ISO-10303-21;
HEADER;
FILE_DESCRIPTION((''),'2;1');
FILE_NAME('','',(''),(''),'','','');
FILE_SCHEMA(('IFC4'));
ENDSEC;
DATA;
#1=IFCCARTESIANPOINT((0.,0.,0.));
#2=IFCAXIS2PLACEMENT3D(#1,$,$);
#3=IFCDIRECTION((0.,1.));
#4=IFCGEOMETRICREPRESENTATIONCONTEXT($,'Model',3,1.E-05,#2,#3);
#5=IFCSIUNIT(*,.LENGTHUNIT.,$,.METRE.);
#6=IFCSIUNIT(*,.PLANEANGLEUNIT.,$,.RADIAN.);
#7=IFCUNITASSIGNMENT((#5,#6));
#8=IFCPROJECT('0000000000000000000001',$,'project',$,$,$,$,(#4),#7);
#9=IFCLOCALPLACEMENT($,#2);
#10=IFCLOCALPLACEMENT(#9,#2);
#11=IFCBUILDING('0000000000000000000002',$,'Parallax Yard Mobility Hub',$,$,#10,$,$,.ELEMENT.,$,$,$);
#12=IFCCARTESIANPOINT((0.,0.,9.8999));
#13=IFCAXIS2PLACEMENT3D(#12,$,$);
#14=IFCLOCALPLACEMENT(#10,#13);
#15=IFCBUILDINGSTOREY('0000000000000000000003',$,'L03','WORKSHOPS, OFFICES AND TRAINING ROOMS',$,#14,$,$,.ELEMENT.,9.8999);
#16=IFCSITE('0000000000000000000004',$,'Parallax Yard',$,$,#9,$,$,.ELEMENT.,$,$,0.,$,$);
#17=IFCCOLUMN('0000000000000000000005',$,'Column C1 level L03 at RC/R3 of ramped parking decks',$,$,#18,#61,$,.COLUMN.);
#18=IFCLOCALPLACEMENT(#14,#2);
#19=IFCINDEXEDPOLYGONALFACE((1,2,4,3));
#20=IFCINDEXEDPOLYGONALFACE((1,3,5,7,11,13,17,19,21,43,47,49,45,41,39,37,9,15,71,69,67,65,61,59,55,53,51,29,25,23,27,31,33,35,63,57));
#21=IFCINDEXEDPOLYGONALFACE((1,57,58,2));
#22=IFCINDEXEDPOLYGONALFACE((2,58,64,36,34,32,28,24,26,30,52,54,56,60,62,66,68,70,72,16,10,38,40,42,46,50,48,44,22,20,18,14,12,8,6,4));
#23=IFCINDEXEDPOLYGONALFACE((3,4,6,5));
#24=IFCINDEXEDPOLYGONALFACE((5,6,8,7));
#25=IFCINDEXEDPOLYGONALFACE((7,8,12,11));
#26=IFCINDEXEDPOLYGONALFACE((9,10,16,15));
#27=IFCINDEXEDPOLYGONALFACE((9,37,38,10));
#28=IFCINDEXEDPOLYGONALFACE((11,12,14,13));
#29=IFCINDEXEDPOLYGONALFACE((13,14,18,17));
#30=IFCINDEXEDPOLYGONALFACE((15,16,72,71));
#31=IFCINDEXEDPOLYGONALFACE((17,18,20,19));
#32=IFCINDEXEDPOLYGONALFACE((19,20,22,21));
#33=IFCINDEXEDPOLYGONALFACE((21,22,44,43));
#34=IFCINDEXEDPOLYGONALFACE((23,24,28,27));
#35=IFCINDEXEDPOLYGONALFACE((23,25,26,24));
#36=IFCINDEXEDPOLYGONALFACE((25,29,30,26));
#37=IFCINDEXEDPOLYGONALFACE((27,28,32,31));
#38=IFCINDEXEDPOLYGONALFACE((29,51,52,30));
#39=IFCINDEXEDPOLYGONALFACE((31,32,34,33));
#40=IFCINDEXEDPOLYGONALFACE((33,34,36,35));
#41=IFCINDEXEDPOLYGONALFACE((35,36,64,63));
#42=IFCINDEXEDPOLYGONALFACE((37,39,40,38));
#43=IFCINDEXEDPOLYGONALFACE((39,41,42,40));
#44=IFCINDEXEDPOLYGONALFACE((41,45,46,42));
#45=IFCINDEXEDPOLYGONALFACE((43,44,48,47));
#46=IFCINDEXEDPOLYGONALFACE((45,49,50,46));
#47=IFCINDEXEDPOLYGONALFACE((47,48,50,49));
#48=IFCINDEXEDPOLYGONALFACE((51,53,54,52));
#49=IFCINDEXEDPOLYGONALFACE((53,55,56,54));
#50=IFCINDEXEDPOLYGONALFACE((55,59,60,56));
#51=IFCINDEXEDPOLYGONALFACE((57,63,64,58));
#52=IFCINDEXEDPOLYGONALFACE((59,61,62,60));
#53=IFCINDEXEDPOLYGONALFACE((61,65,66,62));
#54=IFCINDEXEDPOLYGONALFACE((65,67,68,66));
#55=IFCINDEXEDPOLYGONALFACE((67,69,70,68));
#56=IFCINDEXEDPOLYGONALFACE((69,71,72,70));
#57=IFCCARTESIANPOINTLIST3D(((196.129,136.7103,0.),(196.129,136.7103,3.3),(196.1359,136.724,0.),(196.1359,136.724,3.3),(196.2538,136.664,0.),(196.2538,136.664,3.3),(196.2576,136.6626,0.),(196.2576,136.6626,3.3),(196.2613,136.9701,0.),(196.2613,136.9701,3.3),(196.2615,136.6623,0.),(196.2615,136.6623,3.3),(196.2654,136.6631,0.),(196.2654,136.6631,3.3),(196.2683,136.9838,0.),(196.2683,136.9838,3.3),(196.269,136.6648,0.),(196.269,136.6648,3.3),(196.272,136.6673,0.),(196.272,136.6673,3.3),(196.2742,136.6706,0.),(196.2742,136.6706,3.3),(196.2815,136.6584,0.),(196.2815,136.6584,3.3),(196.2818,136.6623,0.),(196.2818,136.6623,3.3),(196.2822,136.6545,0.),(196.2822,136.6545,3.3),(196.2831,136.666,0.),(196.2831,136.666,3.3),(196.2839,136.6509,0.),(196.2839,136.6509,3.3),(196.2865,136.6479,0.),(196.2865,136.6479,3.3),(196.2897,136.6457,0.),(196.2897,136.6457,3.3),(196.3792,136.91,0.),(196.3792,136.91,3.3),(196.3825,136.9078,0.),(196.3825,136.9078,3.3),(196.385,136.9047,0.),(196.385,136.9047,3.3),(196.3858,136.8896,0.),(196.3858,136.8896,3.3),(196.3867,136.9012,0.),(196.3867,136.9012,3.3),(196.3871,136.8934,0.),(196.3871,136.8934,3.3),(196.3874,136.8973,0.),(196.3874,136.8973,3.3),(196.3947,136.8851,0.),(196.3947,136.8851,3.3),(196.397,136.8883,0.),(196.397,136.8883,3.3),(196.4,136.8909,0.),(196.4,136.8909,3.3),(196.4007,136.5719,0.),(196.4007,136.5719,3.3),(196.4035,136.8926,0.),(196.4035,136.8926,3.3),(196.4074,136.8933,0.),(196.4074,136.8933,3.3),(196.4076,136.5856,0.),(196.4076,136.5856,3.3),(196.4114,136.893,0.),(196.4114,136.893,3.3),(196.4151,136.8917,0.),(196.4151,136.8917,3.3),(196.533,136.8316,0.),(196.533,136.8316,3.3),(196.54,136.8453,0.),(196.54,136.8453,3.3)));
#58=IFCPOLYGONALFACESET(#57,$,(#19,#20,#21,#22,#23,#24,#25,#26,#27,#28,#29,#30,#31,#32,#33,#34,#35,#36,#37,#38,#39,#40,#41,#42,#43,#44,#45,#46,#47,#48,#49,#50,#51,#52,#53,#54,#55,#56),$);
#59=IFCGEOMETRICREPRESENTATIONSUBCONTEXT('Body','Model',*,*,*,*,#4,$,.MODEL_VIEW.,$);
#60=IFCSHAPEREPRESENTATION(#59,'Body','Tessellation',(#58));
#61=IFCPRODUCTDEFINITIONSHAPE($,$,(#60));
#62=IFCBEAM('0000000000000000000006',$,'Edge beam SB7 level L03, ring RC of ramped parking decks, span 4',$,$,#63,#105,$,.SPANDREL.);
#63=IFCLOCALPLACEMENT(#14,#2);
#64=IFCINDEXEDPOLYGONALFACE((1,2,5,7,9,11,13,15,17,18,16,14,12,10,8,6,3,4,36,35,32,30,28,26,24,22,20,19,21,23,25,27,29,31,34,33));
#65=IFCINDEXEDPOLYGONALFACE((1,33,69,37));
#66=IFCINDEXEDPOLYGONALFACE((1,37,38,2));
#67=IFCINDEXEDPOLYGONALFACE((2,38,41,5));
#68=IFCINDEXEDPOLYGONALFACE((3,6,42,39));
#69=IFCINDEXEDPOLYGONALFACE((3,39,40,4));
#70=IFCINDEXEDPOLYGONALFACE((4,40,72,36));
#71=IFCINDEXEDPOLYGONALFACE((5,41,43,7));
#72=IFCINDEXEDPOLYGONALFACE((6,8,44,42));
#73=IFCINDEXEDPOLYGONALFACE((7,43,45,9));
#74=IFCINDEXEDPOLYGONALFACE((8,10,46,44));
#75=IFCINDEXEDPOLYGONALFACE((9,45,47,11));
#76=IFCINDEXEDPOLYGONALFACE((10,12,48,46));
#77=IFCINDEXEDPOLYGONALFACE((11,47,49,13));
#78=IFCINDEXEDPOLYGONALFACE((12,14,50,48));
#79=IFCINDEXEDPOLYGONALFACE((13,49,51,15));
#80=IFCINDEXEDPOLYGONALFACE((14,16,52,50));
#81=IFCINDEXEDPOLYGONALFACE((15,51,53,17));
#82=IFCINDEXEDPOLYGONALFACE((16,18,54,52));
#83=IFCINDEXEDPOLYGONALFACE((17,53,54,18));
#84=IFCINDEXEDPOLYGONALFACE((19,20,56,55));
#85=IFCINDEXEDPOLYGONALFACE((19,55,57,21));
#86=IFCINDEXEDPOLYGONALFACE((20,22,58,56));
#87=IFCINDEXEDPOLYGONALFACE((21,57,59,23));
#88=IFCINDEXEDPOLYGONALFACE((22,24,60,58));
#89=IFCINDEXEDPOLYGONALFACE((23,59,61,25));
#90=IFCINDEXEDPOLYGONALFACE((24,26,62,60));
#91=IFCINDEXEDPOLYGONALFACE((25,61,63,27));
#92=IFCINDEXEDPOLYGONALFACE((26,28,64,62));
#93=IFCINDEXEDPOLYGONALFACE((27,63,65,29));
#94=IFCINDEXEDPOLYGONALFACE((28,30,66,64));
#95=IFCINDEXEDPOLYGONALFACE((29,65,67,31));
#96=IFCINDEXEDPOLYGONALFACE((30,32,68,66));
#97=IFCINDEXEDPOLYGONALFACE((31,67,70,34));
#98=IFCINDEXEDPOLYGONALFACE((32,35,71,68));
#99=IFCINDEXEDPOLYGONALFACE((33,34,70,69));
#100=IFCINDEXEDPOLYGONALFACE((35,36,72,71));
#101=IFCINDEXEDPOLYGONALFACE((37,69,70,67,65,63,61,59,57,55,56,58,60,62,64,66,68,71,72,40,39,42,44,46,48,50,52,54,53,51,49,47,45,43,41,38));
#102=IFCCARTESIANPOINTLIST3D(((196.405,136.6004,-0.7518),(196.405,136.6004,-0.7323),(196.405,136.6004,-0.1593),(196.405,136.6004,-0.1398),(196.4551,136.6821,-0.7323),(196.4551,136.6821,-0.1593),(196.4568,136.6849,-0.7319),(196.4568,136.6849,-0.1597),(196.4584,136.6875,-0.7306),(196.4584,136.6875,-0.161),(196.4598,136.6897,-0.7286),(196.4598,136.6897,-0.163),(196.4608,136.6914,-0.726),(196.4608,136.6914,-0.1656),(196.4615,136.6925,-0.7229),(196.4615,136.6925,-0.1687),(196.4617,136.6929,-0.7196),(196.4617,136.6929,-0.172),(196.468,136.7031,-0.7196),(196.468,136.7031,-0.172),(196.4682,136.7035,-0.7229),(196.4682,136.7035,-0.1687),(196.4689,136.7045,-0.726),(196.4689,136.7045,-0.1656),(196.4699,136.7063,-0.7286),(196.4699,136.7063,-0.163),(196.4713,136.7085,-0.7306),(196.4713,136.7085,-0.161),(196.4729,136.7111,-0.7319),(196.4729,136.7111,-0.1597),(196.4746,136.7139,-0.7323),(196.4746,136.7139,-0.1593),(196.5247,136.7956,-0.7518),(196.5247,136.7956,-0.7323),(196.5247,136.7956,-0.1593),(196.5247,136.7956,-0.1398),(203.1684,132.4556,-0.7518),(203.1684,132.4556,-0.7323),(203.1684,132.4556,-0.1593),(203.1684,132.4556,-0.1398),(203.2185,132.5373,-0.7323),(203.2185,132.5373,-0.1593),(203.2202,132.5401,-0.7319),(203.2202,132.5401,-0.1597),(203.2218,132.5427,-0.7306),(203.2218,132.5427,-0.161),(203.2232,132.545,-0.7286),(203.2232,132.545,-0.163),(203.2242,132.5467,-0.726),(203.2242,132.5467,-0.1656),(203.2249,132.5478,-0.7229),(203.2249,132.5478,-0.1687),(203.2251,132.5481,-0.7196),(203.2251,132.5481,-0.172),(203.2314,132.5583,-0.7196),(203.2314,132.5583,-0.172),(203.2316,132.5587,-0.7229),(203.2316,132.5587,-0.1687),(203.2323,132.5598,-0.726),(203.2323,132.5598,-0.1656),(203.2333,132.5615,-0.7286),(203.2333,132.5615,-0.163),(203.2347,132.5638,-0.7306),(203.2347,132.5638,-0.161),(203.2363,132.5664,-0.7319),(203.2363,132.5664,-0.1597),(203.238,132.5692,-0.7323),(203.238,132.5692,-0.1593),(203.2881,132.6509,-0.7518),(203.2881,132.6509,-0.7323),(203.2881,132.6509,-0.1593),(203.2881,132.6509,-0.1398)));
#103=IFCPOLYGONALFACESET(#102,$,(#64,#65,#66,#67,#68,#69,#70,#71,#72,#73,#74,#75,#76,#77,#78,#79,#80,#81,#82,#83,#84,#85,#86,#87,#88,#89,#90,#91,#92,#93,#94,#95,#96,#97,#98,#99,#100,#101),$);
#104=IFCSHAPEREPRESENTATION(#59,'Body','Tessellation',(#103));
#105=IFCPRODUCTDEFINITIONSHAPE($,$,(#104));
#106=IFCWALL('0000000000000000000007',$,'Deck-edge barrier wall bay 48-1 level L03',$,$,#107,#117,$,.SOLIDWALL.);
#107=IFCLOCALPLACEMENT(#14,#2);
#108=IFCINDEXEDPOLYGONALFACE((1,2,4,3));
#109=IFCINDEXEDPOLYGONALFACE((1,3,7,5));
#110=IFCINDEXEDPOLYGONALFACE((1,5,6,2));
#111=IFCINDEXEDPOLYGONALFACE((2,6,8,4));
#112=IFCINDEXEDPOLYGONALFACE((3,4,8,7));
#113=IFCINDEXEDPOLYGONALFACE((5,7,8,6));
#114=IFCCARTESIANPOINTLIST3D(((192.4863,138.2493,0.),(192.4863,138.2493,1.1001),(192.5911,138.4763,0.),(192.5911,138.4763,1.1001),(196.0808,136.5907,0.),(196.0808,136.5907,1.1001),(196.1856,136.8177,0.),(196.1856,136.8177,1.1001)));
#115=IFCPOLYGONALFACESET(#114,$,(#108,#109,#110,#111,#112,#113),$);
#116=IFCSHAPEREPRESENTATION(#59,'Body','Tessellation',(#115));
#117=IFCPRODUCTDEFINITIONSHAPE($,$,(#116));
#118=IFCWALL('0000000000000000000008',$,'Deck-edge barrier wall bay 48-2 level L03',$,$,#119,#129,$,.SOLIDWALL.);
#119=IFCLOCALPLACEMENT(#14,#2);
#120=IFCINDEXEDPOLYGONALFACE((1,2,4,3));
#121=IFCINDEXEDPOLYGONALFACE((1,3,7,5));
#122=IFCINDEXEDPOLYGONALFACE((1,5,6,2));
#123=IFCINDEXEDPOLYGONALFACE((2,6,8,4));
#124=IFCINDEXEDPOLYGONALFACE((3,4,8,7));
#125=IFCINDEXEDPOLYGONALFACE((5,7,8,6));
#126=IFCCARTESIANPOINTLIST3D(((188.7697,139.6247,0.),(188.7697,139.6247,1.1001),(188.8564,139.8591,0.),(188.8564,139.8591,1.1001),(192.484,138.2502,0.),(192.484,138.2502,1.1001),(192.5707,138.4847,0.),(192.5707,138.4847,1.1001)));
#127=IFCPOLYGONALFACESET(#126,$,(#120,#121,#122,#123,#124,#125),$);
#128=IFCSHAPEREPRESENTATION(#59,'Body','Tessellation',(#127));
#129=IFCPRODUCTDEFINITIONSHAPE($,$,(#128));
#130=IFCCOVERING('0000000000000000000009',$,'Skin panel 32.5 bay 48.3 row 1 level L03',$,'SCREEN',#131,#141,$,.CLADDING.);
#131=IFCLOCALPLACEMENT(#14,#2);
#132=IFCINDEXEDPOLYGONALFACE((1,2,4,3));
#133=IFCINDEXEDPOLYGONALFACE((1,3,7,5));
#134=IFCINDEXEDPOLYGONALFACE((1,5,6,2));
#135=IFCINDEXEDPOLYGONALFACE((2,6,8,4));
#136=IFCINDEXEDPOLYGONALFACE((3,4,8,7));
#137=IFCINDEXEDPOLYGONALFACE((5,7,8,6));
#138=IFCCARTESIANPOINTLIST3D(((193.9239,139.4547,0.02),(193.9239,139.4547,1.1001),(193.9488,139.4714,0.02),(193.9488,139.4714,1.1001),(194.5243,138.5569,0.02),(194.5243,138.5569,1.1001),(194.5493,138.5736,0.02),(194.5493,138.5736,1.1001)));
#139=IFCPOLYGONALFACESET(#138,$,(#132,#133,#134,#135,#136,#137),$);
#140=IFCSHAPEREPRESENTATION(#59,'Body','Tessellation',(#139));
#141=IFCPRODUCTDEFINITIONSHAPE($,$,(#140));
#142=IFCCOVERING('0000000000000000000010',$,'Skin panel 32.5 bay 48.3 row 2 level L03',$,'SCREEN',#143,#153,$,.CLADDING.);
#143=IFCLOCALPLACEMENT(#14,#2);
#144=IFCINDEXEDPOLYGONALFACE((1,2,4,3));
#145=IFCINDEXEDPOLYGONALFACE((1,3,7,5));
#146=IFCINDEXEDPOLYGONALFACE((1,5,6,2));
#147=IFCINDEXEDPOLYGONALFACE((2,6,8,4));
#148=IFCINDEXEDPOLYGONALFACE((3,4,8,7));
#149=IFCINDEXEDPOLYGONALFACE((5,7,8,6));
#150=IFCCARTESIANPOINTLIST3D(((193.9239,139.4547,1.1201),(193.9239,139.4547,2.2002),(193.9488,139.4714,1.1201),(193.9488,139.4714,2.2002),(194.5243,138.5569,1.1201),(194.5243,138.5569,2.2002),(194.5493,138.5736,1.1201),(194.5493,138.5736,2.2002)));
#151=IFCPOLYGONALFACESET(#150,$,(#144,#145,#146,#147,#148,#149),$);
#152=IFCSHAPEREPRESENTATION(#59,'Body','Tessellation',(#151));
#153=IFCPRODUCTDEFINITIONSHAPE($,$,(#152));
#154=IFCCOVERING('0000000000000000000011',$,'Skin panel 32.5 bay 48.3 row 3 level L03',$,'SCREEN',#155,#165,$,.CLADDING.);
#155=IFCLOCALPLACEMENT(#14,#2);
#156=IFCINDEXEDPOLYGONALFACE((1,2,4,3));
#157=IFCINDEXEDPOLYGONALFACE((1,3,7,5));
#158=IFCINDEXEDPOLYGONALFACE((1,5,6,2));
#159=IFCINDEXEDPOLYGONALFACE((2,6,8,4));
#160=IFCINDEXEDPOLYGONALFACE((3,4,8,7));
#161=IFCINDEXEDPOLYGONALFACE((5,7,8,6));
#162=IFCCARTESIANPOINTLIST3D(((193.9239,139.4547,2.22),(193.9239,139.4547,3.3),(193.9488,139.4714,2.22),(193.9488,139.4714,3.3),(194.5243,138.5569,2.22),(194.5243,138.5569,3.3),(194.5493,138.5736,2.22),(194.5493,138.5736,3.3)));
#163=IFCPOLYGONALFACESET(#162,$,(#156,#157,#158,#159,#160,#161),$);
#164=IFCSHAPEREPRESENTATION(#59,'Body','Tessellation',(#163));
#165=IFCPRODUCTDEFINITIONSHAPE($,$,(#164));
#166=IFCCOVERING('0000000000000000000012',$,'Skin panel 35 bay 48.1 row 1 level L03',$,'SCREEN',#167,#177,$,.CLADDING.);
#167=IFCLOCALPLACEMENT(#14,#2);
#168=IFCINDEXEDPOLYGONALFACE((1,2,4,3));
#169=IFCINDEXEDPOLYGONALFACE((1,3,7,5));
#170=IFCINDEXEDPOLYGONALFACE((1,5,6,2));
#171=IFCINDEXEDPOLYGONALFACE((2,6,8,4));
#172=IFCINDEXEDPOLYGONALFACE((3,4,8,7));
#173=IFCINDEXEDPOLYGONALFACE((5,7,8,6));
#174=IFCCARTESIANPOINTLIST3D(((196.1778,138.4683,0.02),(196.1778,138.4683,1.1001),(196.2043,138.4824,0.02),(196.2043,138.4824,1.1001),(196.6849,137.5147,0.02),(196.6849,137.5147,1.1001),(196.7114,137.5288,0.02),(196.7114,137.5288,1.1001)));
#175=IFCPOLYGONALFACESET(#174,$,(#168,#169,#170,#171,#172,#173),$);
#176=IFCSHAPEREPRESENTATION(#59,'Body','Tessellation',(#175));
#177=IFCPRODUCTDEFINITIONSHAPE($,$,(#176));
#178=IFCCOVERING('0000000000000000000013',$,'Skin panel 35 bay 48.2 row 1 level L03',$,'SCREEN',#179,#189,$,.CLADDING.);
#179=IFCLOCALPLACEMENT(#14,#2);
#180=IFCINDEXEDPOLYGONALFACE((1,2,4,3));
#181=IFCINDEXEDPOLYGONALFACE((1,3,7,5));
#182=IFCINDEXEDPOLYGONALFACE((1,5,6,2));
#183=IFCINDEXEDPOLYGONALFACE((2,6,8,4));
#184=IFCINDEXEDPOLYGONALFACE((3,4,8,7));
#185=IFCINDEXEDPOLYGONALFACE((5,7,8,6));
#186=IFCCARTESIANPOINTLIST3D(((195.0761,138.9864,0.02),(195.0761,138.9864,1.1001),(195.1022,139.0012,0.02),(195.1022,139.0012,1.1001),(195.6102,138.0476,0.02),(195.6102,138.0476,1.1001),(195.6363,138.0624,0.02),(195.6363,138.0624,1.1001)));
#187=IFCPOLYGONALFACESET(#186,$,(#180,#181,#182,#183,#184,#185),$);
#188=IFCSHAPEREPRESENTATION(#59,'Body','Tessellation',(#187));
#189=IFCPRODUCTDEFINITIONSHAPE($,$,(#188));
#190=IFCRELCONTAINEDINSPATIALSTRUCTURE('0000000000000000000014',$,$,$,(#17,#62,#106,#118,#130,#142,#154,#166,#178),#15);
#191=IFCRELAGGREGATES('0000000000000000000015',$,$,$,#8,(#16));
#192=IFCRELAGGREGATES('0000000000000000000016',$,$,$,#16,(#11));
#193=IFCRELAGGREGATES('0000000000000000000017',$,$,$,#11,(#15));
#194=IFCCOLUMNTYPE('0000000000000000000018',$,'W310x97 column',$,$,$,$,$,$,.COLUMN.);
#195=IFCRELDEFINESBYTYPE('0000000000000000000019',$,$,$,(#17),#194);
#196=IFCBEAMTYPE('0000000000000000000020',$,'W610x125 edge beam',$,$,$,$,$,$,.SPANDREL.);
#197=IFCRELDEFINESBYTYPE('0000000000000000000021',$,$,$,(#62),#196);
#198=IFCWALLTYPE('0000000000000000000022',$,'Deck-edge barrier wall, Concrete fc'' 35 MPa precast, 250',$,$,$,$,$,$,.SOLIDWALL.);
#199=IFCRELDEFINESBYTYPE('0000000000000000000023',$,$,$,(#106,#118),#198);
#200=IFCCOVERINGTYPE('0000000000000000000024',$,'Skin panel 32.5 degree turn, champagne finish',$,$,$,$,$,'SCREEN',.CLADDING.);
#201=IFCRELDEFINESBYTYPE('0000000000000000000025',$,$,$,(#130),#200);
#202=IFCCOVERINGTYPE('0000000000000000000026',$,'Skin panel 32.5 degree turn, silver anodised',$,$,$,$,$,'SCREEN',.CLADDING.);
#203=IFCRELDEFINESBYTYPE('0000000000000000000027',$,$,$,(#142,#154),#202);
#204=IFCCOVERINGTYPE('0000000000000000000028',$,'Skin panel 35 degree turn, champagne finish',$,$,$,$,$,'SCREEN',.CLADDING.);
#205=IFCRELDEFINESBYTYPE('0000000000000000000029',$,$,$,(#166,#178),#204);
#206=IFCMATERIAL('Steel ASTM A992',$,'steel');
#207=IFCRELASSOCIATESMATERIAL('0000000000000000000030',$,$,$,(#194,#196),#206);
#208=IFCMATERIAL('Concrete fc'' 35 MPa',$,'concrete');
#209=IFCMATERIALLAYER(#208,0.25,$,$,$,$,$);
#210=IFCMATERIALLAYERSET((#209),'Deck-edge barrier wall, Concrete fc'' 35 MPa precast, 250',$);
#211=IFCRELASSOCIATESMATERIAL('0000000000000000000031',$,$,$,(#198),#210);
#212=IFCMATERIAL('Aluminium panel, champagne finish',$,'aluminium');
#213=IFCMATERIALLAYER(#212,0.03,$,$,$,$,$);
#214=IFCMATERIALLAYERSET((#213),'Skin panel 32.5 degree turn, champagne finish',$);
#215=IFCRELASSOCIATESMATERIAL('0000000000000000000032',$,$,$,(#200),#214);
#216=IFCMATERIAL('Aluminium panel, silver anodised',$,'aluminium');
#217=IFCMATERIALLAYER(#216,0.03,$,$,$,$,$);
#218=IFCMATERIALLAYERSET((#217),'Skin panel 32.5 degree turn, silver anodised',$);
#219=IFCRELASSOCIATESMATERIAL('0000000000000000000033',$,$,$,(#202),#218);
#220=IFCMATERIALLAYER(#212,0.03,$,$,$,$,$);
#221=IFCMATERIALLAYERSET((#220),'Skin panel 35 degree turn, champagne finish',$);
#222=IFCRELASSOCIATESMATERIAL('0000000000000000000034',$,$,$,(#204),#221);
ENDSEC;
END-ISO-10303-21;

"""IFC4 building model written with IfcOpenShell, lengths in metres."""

from ifc_helpers import new_model, si_unit, direction, frame, frame_2d, origin, origin_2d, place, context, subcontext, project, spatial, rectangle, i_section, extrude, material, layer, layer_set, material_profile, profile_set, type_object, element, save


model = new_model("IFC4")

# Units and contexts
model_context = context("Model", 3, precision=1e-05, world=origin(), true_north=direction((0.0, 1.0)))
body_context = subcontext(model_context, "Body", "Model", "MODEL_VIEW")
ifc_project = project(units=[si_unit("LENGTHUNIT", "METRE"), si_unit("PLANEANGLEUNIT", "RADIAN")], contexts=[model_context])

# Site, building, storey
site_placement = place(None, origin())
site = spatial("IfcSite", under=ifc_project, at=site_placement, Name="Parallax Yard", CompositionType="ELEMENT", RefElevation=0.0)
building_placement = place(site_placement, origin())
building = spatial("IfcBuilding", under=site, at=building_placement, Name="Parallax Yard Mobility Hub", CompositionType="ELEMENT")
storey_placement = place(building_placement, frame((0.0, 0.0, 9.8999)))
storey = spatial("IfcBuildingStorey", under=building, at=storey_placement, Name="L03", Description="WORKSHOPS, OFFICES AND TRAINING ROOMS", CompositionType="ELEMENT", Elevation=9.8999)

# Column
ifc_material_1 = material(Name="Steel ASTM A992", Category="steel")
ifc_material_profile_1 = material_profile(ifc_material_1, i_section(OverallWidth=0.3049, OverallDepth=0.3069, WebThickness=0.01, FlangeThickness=0.0154, FilletRadius=0.0151, at=origin_2d()), Name="W310x97")
ifc_profile_set_1 = profile_set([ifc_material_profile_1], Name="Steel ASTM A992")
column_type = type_object("IfcColumnType", Name="W310x97 column", PredefinedType="COLUMN", material=ifc_profile_set_1)
column_placement = place(storey_placement, frame((196.3345, 136.7778, 0.0), z_axis=(0.0, 0.0, 1.0), x_axis=(-0.891007, 0.45399, 0.0)))
element("IfcColumn", 1, at=column_placement, inside=storey, type_object=column_type, Name="Column C1 level L03 at RC/R3 of ramped parking decks", PredefinedType="COLUMN", context=body_context, shape_type="SweptSolid", body=[
    extrude(i_section(OverallWidth=0.3049, OverallDepth=0.3069, WebThickness=0.01, FlangeThickness=0.0154, FilletRadius=0.0151, at=origin_2d()), origin(), (0.0, 0.0, 1.0), 3.3),
])

# Beam
ifc_material_profile_2 = material_profile(ifc_material_1, i_section(OverallWidth=0.229, OverallDepth=0.6121, WebThickness=0.012, FlangeThickness=0.0195, FilletRadius=0.0127, at=origin_2d()), Name="W610x125")
ifc_profile_set_2 = profile_set([ifc_material_profile_2], Name="Steel ASTM A992")
beam_type = type_object("IfcBeamType", Name="W610x125 edge beam", PredefinedType="SPANDREL", material=ifc_profile_set_2)
beam_placement = place(storey_placement, frame((196.4648, 136.698, -0.4458), z_axis=(0.852632, -0.522512, 0.0), x_axis=(0.522512, 0.852632, 0.0)))
element("IfcBeam", 2, at=beam_placement, inside=storey, type_object=beam_type, Name="Edge beam SB7 level L03, ring RC of ramped parking decks, span 4", PredefinedType="SPANDREL", context=body_context, shape_type="SweptSolid", body=[
    extrude(i_section(OverallWidth=0.229, OverallDepth=0.6121, WebThickness=0.012, FlangeThickness=0.0195, FilletRadius=0.0127, at=origin_2d()), origin(), (0.0, 0.0, 1.0), 7.9324),
])

# Walls
ifc_material_2 = material(Name="Concrete fc' 35 MPa", Category="concrete")
ifc_layer_1 = layer(ifc_material_2, 0.25)
ifc_layer_set_1 = layer_set([ifc_layer_1], Name="Deck-edge barrier wall, Concrete fc' 35 MPa precast, 250")
wall_type = type_object("IfcWallType", Name="Deck-edge barrier wall, Concrete fc' 35 MPa precast, 250", PredefinedType="SOLIDWALL", material=ifc_layer_set_1)
wall_1_placement = place(storey_placement, frame((196.1333, 136.7041, 0.0), z_axis=(0.0, 0.0, 1.0), x_axis=(-0.907988, 0.418996, 0.0)))
element("IfcWall", 3, at=wall_1_placement, inside=storey, type_object=wall_type, Name="Deck-edge barrier wall bay 48-1 level L03", PredefinedType="SOLIDWALL", context=body_context, shape_type="SweptSolid", body=[
    extrude(rectangle(XDim=3.9587, YDim=0.25, at=frame_2d((1.9795, 0.0))), origin(), (0.0, 0.0, 1.0), 1.1001),
])
wall_2_placement = place(storey_placement, frame((192.5273, 138.3674, 0.0), z_axis=(0.0, 0.0, 1.0), x_axis=(-0.937845, 0.347053, 0.0)))
element("IfcWall", 4, at=wall_2_placement, inside=storey, type_object=wall_type, Name="Deck-edge barrier wall bay 48-2 level L03", PredefinedType="SOLIDWALL", context=body_context, shape_type="SweptSolid", body=[
    extrude(rectangle(XDim=3.9604, YDim=0.25, at=frame_2d((1.9802, 0.0))), origin(), (0.0, 0.0, 1.0), 1.1001),
])

# Coverings
ifc_material_3 = material(Name="Aluminium panel, champagne finish", Category="aluminium")
ifc_layer_2 = layer(ifc_material_3, 0.03)
ifc_layer_set_2 = layer_set([ifc_layer_2], Name="Skin panel 32.5 degree turn, champagne finish")
covering_type_1 = type_object("IfcCoveringType", Name="Skin panel 32.5 degree turn, champagne finish", ElementType="SCREEN", PredefinedType="CLADDING", material=ifc_layer_set_2)
covering_placement = place(storey_placement, frame((194.2366, 139.0142, 0.02), z_axis=(0.0, 0.0, 1.0), x_axis=(-0.5559, 0.831249, 0.0)))
element("IfcCovering", 5, at=covering_placement, inside=storey, type_object=covering_type_1, Name="Skin panel 32.5 bay 48.3 row 1 level L03", ObjectType="SCREEN", PredefinedType="CLADDING", context=body_context, shape_type="SweptSolid", body=[
    extrude(rectangle(XDim=1.0801, YDim=0.03, at=origin_2d()), origin(), (0.0, 0.0, 1.0), 1.0801),
])
ifc_material_4 = material(Name="Aluminium panel, silver anodised", Category="aluminium")
ifc_layer_3 = layer(ifc_material_4, 0.03)
ifc_layer_set_3 = layer_set([ifc_layer_3], Name="Skin panel 32.5 degree turn, silver anodised")
covering_type_2 = type_object("IfcCoveringType", Name="Skin panel 32.5 degree turn, silver anodised", ElementType="SCREEN", PredefinedType="CLADDING", material=ifc_layer_set_3)
for number, where, z_axis, x_axis, name in (
    (6, (194.2366, 139.0142, 1.1201), (0.0, 0.0, 1.0), (-0.5559, 0.831249, 0.0), "Skin panel 32.5 bay 48.3 row 2 level L03"),
    (7, (194.2366, 139.0142, 2.22), (0.0, 0.0, 1.0), (-0.5559, 0.831249, 0.0), "Skin panel 32.5 bay 48.3 row 3 level L03"),
):
    element("IfcCovering", number, at=place(storey_placement, frame(where, z_axis=z_axis, x_axis=x_axis)), inside=storey, type_object=covering_type_2, Name=name, ObjectType="SCREEN", PredefinedType="CLADDING", context=body_context, shape_type="SweptSolid", body=[
        extrude(rectangle(XDim=1.0801, YDim=0.03, at=origin_2d()), origin(), (0.0, 0.0, 1.0), 1.0801),
    ])
ifc_layer_4 = layer(ifc_material_3, 0.03)
ifc_layer_set_4 = layer_set([ifc_layer_4], Name="Skin panel 35 degree turn, champagne finish")
covering_type_3 = type_object("IfcCoveringType", Name="Skin panel 35 degree turn, champagne finish", ElementType="SCREEN", PredefinedType="CLADDING", material=ifc_layer_set_4)
for number, where, z_axis, x_axis, name in (
    (8, (196.4446, 137.9985, 0.02), (0.0, 0.0, 1.0), (-0.469472, 0.882948, 0.0), "Skin panel 35 bay 48.1 row 1 level L03"),
    (9, (195.3562, 138.5244, 0.02), (0.0, 0.0, 1.0), (-0.494494, 0.869181, 0.0), "Skin panel 35 bay 48.2 row 1 level L03"),
):
    element("IfcCovering", number, at=place(storey_placement, frame(where, z_axis=z_axis, x_axis=x_axis)), inside=storey, type_object=covering_type_3, Name=name, ObjectType="SCREEN", PredefinedType="CLADDING", context=body_context, shape_type="SweptSolid", body=[
        extrude(rectangle(XDim=1.0801, YDim=0.03, at=origin_2d()), origin(), (0.0, 0.0, 1.0), 1.0801),
    ])

save(model, "model.ifc")
